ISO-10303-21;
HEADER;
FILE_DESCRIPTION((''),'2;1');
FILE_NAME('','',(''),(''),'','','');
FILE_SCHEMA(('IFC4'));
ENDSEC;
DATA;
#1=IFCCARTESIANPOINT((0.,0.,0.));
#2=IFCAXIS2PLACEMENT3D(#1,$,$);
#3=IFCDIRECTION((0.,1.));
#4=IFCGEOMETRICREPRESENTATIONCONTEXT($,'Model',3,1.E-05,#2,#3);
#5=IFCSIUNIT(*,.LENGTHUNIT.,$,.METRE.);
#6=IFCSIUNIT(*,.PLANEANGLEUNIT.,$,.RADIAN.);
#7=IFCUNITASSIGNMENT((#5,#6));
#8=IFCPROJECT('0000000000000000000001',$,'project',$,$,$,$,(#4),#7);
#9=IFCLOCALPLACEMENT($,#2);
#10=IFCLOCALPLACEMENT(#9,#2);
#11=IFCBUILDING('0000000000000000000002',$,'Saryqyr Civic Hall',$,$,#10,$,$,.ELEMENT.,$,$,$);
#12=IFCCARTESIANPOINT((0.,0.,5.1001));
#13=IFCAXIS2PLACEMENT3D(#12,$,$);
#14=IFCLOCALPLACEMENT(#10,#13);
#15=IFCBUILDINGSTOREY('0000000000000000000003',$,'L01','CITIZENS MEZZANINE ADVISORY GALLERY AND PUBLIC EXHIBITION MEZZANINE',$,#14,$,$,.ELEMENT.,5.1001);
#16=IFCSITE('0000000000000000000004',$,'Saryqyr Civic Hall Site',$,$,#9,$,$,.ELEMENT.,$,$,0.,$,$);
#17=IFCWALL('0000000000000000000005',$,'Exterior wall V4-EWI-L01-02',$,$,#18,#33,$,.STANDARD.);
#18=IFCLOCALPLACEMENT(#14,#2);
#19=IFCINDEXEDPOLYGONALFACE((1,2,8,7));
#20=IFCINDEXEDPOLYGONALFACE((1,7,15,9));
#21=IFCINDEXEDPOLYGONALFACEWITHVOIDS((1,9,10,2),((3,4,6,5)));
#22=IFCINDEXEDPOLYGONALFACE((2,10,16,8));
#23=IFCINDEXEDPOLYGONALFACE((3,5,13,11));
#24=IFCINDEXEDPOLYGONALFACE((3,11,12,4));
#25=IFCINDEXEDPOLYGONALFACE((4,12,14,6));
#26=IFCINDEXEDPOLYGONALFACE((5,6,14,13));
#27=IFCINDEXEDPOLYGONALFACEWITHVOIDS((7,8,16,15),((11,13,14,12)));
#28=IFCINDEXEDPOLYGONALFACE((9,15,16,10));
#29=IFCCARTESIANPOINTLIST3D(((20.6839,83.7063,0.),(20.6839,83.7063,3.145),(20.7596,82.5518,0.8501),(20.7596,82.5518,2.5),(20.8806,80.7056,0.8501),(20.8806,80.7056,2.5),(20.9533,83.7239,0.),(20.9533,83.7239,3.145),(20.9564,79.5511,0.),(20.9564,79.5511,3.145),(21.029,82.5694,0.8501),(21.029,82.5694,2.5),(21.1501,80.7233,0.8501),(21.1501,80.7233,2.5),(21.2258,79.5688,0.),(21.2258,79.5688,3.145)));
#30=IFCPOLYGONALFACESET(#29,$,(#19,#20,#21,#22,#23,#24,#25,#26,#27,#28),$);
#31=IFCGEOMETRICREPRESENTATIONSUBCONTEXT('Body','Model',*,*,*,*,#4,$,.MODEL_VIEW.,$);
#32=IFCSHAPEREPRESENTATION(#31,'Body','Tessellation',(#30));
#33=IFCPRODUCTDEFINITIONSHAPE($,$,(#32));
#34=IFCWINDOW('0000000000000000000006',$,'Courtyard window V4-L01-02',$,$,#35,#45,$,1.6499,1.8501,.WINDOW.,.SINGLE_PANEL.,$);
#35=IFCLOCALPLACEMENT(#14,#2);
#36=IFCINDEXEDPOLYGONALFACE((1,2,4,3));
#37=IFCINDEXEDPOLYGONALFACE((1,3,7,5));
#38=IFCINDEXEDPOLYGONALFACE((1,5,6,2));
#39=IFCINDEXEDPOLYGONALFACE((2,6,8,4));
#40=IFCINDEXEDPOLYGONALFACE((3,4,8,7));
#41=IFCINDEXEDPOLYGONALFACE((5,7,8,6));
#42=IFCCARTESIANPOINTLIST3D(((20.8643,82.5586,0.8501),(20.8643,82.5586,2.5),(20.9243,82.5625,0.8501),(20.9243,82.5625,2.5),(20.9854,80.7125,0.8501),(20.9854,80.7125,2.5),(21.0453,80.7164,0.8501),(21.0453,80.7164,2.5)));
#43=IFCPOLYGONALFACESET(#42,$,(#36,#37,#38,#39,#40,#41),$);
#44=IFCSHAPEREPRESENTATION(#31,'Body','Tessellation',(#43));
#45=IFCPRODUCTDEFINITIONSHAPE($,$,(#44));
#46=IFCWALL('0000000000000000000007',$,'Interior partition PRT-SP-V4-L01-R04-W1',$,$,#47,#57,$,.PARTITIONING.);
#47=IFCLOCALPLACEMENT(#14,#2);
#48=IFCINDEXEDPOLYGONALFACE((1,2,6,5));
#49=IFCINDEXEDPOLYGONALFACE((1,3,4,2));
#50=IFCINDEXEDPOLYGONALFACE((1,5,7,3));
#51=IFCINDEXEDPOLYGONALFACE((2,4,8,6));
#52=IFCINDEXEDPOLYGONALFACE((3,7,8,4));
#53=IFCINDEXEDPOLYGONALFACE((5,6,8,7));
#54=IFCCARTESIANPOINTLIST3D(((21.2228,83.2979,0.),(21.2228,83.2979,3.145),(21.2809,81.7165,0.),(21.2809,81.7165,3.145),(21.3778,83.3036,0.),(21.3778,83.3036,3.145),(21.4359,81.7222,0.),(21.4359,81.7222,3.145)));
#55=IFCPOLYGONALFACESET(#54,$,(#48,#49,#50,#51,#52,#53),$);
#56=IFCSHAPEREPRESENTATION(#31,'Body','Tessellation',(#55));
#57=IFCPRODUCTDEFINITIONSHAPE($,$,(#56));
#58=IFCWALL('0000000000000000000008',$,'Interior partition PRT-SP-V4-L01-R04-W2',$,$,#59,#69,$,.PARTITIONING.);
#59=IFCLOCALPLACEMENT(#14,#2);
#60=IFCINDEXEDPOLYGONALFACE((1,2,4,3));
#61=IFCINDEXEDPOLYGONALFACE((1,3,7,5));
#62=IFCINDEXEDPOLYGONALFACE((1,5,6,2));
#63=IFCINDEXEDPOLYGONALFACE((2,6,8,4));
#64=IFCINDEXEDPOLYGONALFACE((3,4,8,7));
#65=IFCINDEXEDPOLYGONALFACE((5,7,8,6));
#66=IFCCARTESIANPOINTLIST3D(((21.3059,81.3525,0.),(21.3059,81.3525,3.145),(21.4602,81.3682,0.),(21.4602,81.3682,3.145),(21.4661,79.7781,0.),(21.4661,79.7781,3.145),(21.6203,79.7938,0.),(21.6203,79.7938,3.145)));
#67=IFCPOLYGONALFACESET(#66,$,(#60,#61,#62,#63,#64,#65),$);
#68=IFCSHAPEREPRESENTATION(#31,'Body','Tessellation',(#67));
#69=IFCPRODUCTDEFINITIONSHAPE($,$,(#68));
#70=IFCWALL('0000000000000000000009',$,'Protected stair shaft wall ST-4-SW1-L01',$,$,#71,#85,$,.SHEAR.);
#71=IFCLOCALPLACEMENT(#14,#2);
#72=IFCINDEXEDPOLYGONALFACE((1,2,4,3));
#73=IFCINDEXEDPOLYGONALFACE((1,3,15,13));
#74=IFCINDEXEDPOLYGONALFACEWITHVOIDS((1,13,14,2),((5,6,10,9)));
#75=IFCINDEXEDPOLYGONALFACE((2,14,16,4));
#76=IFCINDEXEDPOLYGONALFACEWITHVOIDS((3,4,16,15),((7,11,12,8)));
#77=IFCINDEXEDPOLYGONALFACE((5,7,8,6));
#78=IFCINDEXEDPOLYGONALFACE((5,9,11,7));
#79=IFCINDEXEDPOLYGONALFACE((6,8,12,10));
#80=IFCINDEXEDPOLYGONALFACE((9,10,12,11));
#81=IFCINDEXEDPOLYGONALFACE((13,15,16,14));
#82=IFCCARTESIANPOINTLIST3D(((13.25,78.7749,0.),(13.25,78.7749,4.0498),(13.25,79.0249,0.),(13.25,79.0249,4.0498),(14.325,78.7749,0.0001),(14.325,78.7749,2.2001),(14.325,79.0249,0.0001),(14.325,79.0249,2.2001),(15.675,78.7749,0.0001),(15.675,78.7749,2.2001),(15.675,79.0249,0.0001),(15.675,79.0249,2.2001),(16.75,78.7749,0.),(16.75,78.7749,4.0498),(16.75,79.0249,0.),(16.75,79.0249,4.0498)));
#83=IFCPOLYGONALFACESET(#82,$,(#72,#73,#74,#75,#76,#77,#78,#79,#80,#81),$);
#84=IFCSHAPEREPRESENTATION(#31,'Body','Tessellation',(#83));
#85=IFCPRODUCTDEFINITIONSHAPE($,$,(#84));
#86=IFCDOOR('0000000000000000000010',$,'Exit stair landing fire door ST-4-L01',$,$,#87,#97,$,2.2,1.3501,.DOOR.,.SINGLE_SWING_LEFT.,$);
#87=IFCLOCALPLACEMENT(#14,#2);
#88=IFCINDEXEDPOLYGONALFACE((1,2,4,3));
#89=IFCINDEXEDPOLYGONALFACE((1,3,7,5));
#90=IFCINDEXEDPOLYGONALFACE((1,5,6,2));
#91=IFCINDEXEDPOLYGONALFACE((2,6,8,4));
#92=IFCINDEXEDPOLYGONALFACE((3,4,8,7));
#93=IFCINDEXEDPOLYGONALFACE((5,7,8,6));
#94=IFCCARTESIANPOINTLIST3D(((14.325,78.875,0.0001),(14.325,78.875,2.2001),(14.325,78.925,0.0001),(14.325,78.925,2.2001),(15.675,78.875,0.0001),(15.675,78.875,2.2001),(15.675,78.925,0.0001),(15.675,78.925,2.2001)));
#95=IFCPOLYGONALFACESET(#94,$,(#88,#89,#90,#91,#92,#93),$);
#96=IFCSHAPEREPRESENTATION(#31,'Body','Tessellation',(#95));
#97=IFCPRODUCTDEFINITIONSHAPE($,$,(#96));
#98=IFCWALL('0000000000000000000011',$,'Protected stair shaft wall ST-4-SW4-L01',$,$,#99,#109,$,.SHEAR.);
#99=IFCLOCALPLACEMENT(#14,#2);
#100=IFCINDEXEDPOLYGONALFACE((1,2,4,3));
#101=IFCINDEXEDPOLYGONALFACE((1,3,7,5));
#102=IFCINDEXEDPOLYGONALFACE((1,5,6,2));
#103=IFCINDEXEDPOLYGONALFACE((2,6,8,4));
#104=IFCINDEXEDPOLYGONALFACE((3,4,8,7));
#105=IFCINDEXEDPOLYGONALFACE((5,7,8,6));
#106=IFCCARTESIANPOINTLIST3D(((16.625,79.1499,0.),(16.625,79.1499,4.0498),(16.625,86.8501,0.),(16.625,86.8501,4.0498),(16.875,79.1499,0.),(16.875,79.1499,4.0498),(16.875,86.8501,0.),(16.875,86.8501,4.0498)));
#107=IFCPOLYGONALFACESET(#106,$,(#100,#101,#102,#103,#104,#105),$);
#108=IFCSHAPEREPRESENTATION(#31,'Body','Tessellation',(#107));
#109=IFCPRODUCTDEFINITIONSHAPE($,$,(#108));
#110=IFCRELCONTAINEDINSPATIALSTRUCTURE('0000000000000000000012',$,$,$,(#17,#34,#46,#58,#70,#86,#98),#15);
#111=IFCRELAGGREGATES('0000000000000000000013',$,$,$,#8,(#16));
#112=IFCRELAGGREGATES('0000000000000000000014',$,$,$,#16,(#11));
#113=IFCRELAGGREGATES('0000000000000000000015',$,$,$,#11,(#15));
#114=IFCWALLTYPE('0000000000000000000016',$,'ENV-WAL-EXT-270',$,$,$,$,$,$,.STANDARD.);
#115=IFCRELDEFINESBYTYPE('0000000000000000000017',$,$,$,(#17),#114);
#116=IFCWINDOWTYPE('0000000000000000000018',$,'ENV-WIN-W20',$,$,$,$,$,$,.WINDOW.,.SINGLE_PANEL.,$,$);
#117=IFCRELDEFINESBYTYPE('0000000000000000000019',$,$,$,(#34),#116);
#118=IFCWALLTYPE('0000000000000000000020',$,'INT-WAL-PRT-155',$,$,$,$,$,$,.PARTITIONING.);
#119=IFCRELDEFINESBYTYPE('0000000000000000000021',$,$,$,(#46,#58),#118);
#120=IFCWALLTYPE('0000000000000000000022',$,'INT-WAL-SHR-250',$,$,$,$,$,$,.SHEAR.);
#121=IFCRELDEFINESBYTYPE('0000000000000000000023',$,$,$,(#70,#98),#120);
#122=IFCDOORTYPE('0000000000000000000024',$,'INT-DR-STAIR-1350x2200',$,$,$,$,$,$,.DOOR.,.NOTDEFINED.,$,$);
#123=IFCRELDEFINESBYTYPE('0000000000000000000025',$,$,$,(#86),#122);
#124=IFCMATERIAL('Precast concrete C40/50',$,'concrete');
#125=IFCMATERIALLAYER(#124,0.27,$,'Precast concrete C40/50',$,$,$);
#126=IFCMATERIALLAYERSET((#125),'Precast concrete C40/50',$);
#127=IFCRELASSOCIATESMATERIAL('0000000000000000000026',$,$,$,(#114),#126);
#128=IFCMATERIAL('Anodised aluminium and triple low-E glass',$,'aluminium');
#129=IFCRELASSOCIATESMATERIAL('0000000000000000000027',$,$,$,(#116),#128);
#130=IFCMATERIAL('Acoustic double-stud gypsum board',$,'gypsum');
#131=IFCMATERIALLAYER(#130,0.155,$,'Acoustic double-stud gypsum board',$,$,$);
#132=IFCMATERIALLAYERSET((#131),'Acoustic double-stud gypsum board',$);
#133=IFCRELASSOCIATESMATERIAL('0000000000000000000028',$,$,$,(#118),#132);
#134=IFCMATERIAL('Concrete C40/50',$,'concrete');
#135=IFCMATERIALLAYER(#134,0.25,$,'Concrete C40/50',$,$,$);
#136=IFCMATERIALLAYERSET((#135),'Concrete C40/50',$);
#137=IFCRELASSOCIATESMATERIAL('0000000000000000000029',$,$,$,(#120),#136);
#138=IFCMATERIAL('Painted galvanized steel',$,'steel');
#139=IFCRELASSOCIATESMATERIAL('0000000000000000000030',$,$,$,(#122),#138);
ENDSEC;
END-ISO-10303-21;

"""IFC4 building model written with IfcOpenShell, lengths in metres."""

from ifc_helpers import new_model, si_unit, direction, frame, frame_2d, origin, place, context, subcontext, project, spatial, rectangle, extrude, material, layer, layer_set, type_object, element, fill, save


model = new_model("IFC4")

# Units and contexts
model_context = context("Model", 3, precision=1e-05, world=origin(), true_north=direction((0.0, 1.0)))
body_context = subcontext(model_context, "Body", "Model", "MODEL_VIEW")
ifc_project = project(units=[si_unit("LENGTHUNIT", "METRE"), si_unit("PLANEANGLEUNIT", "RADIAN")], contexts=[model_context])

# Site, building, storey
site_placement = place(None, origin())
site = spatial("IfcSite", under=ifc_project, at=site_placement, Name="Saryqyr Civic Hall Site", CompositionType="ELEMENT", RefElevation=0.0)
building_placement = place(site_placement, origin())
building = spatial("IfcBuilding", under=site, at=building_placement, Name="Saryqyr Civic Hall", CompositionType="ELEMENT")
storey_placement = place(building_placement, frame((0.0, 0.0, 5.1001)))
storey = spatial("IfcBuildingStorey", under=building, at=storey_placement, Name="L01", Description="CITIZENS MEZZANINE ADVISORY GALLERY AND PUBLIC EXHIBITION MEZZANINE", CompositionType="ELEMENT", Elevation=5.1001)

# Shared definitions
ifc_material_1 = material(Name="Concrete C40/50", Category="concrete")

# Shared definitions
ifc_material_2 = material(Name="Anodised aluminium and triple low-E glass", Category="aluminium")

# Wall, opening, window
ifc_material_3 = material(Name="Precast concrete C40/50", Category="concrete")
ifc_layer_1 = layer(ifc_material_3, 0.27, Name="Precast concrete C40/50")
ifc_layer_set_1 = layer_set([ifc_layer_1], Name="Precast concrete C40/50")
wall_type_1 = type_object("IfcWallType", Name="ENV-WAL-EXT-270", PredefinedType="STANDARD", material=ifc_layer_set_1)
wall_1_placement = place(storey_placement, frame((20.8186, 83.7151, 0.0), z_axis=(0.0, 0.0, 1.0), x_axis=(0.065433, -0.997857, 0.0)))
wall_1 = element("IfcWall", 1, at=wall_1_placement, inside=storey, type_object=wall_type_1, Name="Exterior wall V4-EWI-L01-02", PredefinedType="STANDARD", context=body_context, shape_type="SweptSolid", body=[
    extrude(rectangle(XDim=4.1641, YDim=0.27, at=frame_2d((2.082, 0.0))), origin(), (0.0, 0.0, 1.0), 3.145),
])
opening_1_placement = place(wall_1_placement, frame((1.157, 0.0, 0.8501)))
opening_1 = element("IfcOpeningElement", 2, at=opening_1_placement, cuts=wall_1, PredefinedType="OPENING", context=body_context, shape_type="SweptSolid", body=[
    extrude(rectangle(XDim=1.8501, YDim=1.6499, at=frame_2d((0.925, 0.825))), frame((0.0, 0.145, 0.0), z_axis=(0.0, -1.0, 0.0), x_axis=(1.0, 0.0, 0.0)), (0.0, 0.0, 1.0), 0.29),
])
window_type = type_object("IfcWindowType", Name="ENV-WIN-W20", PartitioningType="SINGLE_PANEL", PredefinedType="WINDOW", material=ifc_material_2)
window_placement = place(opening_1_placement, origin())
window = element("IfcWindow", 3, at=window_placement, inside=storey, type_object=window_type, Name="Courtyard window V4-L01-02", OverallHeight=1.6499, OverallWidth=1.8501, PartitioningType="SINGLE_PANEL", PredefinedType="WINDOW", context=body_context, shape_type="SweptSolid", body=[
    extrude(rectangle(XDim=1.8501, YDim=1.6499, at=frame_2d((0.925, 0.825))), frame((0.0, 0.03, 0.0), z_axis=(0.0, -1.0, 0.0), x_axis=(1.0, 0.0, 0.0)), (0.0, 0.0, 1.0), 0.0601),
])
fill(opening_1, window)

# Walls
ifc_material_4 = material(Name="Acoustic double-stud gypsum board", Category="gypsum")
ifc_layer_2 = layer(ifc_material_4, 0.155, Name="Acoustic double-stud gypsum board")
ifc_layer_set_2 = layer_set([ifc_layer_2], Name="Acoustic double-stud gypsum board")
wall_type_2 = type_object("IfcWallType", Name="INT-WAL-PRT-155", PredefinedType="PARTITIONING", material=ifc_layer_set_2)
for number, where, z_axis, x_axis, name in (
    (4, (21.3003, 83.3008, 0.0), (0.0, 0.0, 1.0), (0.036715, -0.999326, 0.0), "Interior partition PRT-SP-V4-L01-R04-W1"),
    (5, (21.3831, 81.3604, 0.0), (0.0, 0.0, 1.0), (0.101199, -0.994866, 0.0), "Interior partition PRT-SP-V4-L01-R04-W2"),
):
    element("IfcWall", number, at=place(storey_placement, frame(where, z_axis=z_axis, x_axis=x_axis)), inside=storey, type_object=wall_type_2, Name=name, PredefinedType="PARTITIONING", context=body_context, shape_type="SweptSolid", body=[
        extrude(rectangle(XDim=1.5825, YDim=0.155, at=frame_2d((0.7913, 0.0))), origin(), (0.0, 0.0, 1.0), 3.145),
    ])

# Wall, opening, door
ifc_layer_3 = layer(ifc_material_1, 0.25, Name="Concrete C40/50")
ifc_layer_set_3 = layer_set([ifc_layer_3], Name="Concrete C40/50")
wall_type_3 = type_object("IfcWallType", Name="INT-WAL-SHR-250", PredefinedType="SHEAR", material=ifc_layer_set_3)
wall_2_placement = place(storey_placement, frame((16.75, 78.8999, 0.0), z_axis=(0.0, 0.0, 1.0), x_axis=(-1.0, 0.0, 0.0)))
wall_2 = element("IfcWall", 6, at=wall_2_placement, inside=storey, type_object=wall_type_3, Name="Protected stair shaft wall ST-4-SW1-L01", PredefinedType="SHEAR", context=body_context, shape_type="SweptSolid", body=[
    extrude(rectangle(XDim=3.5, YDim=0.25, at=frame_2d((1.75, 0.0))), origin(), (0.0, 0.0, 1.0), 4.0498),
])
opening_2_placement = place(wall_2_placement, frame((1.075, 0.0, 0.0)))
opening_2 = element("IfcOpeningElement", 7, at=opening_2_placement, cuts=wall_2, PredefinedType="OPENING", context=body_context, shape_type="SweptSolid", body=[
    extrude(rectangle(XDim=1.3501, YDim=2.2, at=frame_2d((0.675, 1.1001))), frame((0.0, 0.135, 0.0), z_axis=(0.0, -1.0, 0.0), x_axis=(1.0, 0.0, 0.0)), (0.0, 0.0, 1.0), 0.27),
])
ifc_material_5 = material(Name="Painted galvanized steel", Category="steel")
door_type = type_object("IfcDoorType", Name="INT-DR-STAIR-1350x2200", OperationType="NOTDEFINED", PredefinedType="DOOR", material=ifc_material_5)
door_placement = place(opening_2_placement, origin())
door = element("IfcDoor", 8, at=door_placement, inside=storey, type_object=door_type, Name="Exit stair landing fire door ST-4-L01", OperationType="SINGLE_SWING_LEFT", OverallHeight=2.2, OverallWidth=1.3501, PredefinedType="DOOR", context=body_context, shape_type="SweptSolid", body=[
    extrude(rectangle(XDim=1.3501, YDim=2.2, at=frame_2d((0.675, 1.1001))), frame((0.0, 0.0249, 0.0), z_axis=(0.0, -1.0, 0.0), x_axis=(1.0, 0.0, 0.0)), (0.0, 0.0, 1.0), 0.05),
])
fill(opening_2, door)

# Wall
wall_3_placement = place(storey_placement, frame((16.75, 86.8501, 0.0), z_axis=(0.0, 0.0, 1.0), x_axis=(0.0, -1.0, 0.0)))
element("IfcWall", 9, at=wall_3_placement, inside=storey, type_object=wall_type_3, Name="Protected stair shaft wall ST-4-SW4-L01", PredefinedType="SHEAR", context=body_context, shape_type="SweptSolid", body=[
    extrude(rectangle(XDim=7.7002, YDim=0.25, at=frame_2d((3.8501, 0.0))), origin(), (0.0, 0.0, 1.0), 4.0498),
])

save(model, "model.ifc")
